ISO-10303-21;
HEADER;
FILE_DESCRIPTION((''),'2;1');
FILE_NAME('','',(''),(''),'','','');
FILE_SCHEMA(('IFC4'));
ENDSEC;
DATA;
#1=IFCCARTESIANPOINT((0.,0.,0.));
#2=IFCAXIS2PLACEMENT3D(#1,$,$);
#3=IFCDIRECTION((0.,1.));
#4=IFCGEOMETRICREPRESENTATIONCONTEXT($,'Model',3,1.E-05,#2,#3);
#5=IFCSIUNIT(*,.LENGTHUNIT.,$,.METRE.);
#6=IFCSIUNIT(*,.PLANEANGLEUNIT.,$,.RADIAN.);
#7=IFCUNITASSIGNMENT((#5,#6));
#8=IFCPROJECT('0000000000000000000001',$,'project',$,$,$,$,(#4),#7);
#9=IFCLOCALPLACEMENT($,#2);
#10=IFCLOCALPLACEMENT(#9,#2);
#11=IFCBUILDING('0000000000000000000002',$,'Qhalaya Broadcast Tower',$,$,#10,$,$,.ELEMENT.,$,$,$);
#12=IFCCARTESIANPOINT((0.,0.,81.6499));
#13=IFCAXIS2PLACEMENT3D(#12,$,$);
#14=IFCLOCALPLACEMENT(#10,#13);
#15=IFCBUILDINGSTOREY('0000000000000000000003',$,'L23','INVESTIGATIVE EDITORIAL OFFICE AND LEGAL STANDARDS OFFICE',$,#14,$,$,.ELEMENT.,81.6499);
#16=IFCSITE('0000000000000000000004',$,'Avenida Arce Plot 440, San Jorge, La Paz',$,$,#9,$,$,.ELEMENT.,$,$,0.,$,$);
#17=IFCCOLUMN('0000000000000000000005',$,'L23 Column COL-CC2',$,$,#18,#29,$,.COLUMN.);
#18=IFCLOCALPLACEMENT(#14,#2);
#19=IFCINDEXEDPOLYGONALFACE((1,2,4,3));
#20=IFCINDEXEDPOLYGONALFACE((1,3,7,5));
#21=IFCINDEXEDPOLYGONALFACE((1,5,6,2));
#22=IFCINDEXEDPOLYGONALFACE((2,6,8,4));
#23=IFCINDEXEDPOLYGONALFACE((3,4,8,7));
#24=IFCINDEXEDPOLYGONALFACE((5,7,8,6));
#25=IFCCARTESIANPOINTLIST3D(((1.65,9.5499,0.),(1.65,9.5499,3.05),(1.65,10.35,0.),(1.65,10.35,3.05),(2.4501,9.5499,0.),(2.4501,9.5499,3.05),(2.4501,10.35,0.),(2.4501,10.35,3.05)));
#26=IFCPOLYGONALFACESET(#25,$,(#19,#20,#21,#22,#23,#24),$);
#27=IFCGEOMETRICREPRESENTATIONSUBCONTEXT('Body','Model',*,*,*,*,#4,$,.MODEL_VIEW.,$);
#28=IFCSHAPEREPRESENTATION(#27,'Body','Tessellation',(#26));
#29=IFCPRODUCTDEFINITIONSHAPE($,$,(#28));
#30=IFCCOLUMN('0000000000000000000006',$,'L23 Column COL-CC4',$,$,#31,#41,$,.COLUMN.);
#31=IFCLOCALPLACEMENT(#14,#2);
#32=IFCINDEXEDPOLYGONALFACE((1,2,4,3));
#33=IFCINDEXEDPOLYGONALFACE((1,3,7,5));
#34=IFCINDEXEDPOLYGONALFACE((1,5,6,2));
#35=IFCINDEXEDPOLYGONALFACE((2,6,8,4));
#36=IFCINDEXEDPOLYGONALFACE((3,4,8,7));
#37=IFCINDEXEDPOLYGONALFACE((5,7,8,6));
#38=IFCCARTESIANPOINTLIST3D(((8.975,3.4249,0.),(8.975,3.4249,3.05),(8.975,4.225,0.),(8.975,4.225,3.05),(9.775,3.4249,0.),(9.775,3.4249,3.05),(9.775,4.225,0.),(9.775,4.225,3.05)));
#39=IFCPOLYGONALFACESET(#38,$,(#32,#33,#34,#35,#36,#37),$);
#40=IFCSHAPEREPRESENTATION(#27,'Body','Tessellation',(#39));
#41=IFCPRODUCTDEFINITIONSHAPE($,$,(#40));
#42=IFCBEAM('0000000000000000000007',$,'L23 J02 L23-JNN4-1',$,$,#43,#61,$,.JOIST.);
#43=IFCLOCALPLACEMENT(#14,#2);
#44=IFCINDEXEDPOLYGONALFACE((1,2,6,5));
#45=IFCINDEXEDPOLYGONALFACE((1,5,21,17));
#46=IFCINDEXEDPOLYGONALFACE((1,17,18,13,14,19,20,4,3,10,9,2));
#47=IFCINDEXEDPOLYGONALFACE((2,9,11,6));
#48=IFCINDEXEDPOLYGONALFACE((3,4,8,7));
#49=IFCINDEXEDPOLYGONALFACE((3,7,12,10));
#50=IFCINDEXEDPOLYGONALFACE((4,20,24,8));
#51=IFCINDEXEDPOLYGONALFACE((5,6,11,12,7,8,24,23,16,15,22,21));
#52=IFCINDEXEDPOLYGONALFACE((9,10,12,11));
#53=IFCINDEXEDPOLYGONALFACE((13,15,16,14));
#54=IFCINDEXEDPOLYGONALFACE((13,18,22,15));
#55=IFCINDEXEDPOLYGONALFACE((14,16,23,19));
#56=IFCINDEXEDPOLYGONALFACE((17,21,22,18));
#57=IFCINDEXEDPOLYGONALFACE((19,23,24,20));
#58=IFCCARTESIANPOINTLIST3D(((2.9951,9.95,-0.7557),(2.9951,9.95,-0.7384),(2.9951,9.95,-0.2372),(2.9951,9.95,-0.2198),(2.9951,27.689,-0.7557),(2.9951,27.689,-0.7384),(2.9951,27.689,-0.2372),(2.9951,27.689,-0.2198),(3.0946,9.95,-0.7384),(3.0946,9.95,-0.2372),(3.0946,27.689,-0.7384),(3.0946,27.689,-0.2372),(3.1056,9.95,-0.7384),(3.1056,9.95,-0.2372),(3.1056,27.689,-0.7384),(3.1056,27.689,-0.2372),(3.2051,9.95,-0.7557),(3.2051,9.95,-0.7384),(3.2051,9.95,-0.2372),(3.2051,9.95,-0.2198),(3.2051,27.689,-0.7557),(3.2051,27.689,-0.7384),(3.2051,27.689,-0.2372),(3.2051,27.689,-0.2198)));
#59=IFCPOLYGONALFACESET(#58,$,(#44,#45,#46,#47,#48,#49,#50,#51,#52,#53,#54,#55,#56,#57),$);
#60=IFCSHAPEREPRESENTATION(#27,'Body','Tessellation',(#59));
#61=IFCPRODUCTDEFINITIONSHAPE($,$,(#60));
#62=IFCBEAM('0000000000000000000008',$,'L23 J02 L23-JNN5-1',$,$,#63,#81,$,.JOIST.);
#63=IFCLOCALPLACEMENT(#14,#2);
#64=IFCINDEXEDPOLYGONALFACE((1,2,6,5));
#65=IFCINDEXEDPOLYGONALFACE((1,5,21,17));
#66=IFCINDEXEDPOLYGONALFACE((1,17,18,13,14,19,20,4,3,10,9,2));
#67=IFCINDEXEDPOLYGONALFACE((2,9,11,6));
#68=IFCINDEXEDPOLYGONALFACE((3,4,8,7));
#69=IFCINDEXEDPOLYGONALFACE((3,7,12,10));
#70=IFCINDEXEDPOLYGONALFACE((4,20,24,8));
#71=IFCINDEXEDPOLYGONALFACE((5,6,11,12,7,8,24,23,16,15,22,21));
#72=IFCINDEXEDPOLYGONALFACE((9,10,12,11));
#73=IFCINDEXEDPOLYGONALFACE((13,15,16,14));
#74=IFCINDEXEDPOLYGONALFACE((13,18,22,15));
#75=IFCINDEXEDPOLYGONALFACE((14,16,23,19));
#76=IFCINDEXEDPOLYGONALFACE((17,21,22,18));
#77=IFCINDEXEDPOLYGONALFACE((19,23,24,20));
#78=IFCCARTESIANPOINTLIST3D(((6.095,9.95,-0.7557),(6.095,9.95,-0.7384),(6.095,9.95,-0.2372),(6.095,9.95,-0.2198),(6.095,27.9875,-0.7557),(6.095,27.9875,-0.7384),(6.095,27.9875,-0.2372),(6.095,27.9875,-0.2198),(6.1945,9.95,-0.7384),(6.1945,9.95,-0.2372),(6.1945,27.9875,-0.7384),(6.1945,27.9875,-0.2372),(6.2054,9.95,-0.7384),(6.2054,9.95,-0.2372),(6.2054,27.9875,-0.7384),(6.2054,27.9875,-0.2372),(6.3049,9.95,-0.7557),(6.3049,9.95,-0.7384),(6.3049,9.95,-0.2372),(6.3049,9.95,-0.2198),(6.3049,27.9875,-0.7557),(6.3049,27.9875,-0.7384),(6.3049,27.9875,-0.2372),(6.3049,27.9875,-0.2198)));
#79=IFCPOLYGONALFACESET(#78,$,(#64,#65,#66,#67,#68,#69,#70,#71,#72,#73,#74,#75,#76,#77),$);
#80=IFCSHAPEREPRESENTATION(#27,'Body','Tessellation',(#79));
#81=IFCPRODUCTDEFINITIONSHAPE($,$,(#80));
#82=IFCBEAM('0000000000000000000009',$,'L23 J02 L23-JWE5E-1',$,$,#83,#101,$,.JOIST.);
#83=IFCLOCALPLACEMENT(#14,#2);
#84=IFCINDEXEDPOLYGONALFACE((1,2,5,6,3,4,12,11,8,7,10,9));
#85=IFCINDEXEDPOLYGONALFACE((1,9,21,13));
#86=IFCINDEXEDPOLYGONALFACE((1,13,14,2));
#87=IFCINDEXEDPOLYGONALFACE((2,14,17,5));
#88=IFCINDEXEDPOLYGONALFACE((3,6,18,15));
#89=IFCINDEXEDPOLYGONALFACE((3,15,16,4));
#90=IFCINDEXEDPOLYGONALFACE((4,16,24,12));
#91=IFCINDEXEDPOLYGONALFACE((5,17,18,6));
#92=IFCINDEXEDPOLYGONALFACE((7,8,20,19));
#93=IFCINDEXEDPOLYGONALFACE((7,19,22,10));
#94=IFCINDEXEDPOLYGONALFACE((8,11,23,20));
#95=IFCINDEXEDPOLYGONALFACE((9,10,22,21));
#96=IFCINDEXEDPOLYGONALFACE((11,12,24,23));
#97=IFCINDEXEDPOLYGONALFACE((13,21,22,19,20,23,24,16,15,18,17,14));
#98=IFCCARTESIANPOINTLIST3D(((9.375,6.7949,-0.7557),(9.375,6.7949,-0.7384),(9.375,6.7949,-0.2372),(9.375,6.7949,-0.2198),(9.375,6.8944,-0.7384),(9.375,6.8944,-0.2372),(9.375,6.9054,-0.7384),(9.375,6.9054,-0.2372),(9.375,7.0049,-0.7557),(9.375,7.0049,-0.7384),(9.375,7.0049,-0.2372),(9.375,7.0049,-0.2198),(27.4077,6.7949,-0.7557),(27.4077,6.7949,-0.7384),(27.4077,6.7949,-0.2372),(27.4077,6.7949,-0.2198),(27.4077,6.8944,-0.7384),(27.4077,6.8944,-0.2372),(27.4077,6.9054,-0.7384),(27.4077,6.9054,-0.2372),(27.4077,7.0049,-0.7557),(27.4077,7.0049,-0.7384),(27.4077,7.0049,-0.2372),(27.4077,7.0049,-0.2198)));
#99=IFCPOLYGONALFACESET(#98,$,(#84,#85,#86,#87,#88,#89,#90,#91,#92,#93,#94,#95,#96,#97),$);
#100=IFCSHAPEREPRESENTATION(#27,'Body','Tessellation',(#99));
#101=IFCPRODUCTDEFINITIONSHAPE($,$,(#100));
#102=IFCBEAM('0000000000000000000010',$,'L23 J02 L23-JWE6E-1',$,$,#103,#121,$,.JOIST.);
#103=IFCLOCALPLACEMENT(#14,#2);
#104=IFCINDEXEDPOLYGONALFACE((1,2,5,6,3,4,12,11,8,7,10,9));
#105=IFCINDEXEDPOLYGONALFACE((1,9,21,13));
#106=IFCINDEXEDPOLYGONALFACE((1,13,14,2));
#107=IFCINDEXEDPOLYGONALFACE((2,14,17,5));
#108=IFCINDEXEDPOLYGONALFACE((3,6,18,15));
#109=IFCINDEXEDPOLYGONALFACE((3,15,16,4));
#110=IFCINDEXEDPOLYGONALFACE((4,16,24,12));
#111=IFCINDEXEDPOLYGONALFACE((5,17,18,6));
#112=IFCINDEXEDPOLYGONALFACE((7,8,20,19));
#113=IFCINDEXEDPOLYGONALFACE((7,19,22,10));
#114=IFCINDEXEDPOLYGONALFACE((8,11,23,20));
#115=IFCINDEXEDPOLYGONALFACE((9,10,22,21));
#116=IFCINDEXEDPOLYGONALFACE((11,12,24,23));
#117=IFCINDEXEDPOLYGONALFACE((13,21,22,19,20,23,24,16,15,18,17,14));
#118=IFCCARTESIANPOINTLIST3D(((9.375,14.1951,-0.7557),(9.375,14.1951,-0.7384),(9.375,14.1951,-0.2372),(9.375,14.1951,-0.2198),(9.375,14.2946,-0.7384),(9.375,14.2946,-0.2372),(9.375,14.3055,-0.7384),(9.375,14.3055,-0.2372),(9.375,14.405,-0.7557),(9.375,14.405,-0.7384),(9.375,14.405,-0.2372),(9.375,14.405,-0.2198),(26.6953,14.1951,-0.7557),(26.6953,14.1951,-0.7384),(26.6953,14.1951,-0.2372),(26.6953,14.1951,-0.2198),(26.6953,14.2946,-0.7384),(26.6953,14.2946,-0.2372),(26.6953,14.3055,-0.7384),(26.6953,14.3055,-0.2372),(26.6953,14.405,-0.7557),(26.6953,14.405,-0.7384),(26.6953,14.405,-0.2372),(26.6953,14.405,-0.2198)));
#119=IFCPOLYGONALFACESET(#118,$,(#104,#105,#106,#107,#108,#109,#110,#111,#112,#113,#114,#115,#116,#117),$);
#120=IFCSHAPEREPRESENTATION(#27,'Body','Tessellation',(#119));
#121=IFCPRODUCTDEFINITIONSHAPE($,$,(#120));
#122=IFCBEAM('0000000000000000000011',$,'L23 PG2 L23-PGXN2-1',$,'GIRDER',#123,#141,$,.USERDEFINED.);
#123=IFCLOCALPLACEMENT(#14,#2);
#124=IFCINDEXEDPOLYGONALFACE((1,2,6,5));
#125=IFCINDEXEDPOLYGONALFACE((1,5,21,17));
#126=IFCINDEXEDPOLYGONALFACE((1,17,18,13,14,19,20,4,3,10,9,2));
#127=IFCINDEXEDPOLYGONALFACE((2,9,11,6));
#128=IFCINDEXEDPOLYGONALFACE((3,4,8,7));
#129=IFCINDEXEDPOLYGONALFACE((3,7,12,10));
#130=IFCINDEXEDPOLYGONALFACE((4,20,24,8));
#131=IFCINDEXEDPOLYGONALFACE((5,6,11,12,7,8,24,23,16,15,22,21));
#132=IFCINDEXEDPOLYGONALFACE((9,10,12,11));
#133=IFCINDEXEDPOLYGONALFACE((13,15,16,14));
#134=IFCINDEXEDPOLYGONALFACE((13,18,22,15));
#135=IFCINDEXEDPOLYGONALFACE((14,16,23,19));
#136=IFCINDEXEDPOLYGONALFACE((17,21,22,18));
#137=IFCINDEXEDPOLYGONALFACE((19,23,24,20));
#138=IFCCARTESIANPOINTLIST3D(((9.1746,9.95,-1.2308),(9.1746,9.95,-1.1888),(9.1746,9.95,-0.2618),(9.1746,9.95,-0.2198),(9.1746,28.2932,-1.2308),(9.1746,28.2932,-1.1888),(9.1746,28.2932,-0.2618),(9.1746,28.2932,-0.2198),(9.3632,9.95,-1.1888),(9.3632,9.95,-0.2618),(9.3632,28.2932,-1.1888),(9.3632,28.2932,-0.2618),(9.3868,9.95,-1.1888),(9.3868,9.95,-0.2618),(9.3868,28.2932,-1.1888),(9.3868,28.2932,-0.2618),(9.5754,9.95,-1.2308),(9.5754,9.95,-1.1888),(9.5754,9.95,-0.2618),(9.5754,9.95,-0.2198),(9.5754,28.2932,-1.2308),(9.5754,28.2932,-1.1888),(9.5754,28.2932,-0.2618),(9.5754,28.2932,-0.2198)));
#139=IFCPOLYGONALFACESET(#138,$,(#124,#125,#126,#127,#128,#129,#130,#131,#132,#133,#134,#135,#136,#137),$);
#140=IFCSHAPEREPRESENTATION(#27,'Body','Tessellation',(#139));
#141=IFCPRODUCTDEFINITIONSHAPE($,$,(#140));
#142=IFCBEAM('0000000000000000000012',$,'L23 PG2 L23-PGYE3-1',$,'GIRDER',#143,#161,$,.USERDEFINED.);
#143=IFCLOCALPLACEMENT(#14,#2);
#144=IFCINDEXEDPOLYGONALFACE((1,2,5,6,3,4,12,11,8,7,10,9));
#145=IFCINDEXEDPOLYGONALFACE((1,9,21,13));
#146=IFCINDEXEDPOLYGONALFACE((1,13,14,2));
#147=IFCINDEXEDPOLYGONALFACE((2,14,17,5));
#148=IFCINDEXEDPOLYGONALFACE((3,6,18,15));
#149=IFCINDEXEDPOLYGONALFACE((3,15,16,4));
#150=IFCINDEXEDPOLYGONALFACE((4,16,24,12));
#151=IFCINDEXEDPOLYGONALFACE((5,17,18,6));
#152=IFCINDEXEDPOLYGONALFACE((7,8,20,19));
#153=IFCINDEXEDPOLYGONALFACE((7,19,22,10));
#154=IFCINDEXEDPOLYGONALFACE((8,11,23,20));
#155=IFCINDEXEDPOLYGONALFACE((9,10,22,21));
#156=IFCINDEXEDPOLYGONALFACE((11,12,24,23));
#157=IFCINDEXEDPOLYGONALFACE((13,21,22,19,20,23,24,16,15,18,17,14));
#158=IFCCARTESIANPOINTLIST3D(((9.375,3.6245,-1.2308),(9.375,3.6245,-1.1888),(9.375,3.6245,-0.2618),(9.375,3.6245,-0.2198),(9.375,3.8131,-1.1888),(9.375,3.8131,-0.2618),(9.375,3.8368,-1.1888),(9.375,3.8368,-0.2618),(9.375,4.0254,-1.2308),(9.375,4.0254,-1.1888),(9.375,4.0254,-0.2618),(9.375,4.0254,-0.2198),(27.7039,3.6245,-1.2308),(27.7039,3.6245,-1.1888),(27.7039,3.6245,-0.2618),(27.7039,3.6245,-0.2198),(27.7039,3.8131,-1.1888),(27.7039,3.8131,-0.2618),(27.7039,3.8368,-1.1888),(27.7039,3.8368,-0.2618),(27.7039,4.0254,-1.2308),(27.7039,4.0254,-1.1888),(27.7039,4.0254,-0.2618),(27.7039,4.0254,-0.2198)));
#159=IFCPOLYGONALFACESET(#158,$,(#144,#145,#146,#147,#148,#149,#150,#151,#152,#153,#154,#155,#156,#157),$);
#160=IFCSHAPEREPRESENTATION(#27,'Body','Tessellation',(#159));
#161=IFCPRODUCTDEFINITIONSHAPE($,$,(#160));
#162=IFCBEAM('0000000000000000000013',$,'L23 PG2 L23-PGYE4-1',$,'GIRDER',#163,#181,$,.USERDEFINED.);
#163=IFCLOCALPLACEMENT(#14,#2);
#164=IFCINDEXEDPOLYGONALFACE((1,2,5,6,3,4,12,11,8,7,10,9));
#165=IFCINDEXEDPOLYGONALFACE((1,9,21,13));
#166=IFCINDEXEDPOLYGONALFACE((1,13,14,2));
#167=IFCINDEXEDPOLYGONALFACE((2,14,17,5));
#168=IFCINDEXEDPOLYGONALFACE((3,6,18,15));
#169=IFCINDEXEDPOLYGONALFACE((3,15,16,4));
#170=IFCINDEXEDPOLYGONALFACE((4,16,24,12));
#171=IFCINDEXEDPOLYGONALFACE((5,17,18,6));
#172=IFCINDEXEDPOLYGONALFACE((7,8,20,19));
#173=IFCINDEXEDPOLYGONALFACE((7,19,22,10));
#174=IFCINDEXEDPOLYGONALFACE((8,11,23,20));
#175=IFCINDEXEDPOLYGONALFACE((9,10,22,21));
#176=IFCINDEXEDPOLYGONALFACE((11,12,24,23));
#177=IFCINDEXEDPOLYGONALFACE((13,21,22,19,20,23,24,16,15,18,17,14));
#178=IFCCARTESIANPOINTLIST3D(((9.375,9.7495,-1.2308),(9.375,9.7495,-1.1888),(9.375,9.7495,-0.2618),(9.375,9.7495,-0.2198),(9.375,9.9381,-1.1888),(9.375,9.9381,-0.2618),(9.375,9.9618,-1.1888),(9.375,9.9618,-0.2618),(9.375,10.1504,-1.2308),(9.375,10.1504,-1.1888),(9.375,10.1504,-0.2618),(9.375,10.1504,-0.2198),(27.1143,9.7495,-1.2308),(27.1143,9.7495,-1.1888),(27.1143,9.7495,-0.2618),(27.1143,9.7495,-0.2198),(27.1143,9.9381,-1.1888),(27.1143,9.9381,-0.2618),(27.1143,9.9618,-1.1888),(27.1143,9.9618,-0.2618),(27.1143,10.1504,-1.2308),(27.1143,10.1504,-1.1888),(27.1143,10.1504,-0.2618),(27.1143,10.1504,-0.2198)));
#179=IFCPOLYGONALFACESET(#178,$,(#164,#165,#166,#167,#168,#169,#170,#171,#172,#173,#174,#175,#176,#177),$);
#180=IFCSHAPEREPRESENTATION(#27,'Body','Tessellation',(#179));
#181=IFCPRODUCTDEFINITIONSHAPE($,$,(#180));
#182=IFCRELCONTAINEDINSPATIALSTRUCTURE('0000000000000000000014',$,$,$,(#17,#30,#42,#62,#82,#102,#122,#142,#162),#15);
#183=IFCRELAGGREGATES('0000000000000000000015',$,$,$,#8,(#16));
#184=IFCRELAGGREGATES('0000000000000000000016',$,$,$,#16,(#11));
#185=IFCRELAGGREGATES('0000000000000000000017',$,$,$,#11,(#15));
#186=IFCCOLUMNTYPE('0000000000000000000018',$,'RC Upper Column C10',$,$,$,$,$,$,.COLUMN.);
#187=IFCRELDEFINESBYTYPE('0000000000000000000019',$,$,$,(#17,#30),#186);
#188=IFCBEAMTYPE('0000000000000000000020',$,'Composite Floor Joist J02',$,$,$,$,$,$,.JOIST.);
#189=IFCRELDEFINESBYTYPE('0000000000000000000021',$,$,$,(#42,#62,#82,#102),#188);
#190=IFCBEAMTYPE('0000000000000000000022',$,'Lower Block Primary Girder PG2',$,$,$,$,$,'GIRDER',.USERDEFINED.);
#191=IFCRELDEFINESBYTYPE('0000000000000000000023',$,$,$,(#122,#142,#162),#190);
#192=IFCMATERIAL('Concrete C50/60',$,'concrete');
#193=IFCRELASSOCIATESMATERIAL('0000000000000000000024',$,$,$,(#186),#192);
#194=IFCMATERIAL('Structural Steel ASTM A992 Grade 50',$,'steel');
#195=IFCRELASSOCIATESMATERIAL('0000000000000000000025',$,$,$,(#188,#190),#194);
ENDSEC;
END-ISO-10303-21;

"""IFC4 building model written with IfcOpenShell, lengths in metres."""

from ifc_helpers import new_model, si_unit, direction, frame, origin, origin_2d, place, context, subcontext, project, spatial, rectangle, i_section, extrude, material, material_profile, profile_set, type_object, element, save


model = new_model("IFC4")

# Units and contexts
model_context = context("Model", 3, precision=1e-05, world=origin(), true_north=direction((0.0, 1.0)))
body_context = subcontext(model_context, "Body", "Model", "MODEL_VIEW")
ifc_project = project(units=[si_unit("LENGTHUNIT", "METRE"), si_unit("PLANEANGLEUNIT", "RADIAN")], contexts=[model_context])

# Site, building, storey
site_placement = place(None, origin())
site = spatial("IfcSite", under=ifc_project, at=site_placement, Name="Avenida Arce Plot 440, San Jorge, La Paz", CompositionType="ELEMENT", RefElevation=0.0)
building_placement = place(site_placement, origin())
building = spatial("IfcBuilding", under=site, at=building_placement, Name="Qhalaya Broadcast Tower", CompositionType="ELEMENT")
storey_placement = place(building_placement, frame((0.0, 0.0, 81.6499)))
storey = spatial("IfcBuildingStorey", under=building, at=storey_placement, Name="L23", Description="INVESTIGATIVE EDITORIAL OFFICE AND LEGAL STANDARDS OFFICE", CompositionType="ELEMENT", Elevation=81.6499)

# Columns
ifc_material_1 = material(Name="Concrete C50/60", Category="concrete")
ifc_material_profile_1 = material_profile(ifc_material_1, rectangle(XDim=0.8, YDim=0.8, at=origin_2d()), Name="RC-COL 800x800")
ifc_profile_set_1 = profile_set([ifc_material_profile_1], Name="Concrete C50/60")
column_type = type_object("IfcColumnType", Name="RC Upper Column C10", PredefinedType="COLUMN", material=ifc_profile_set_1)
for number, where, z_axis, x_axis, name in (
    (1, (2.05, 9.95, 0.0), (0.0, 0.0, 1.0), (1.0, 0.0, 0.0), "L23 Column COL-CC2"),
    (2, (9.375, 3.825, 0.0), (0.0, 0.0, 1.0), (1.0, 0.0, 0.0), "L23 Column COL-CC4"),
):
    element("IfcColumn", number, at=place(storey_placement, frame(where, z_axis=z_axis, x_axis=x_axis)), inside=storey, type_object=column_type, Name=name, PredefinedType="COLUMN", context=body_context, shape_type="SweptSolid", body=[
        extrude(rectangle(XDim=0.8, YDim=0.8, at=origin_2d()), origin(), (0.0, 0.0, 1.0), 3.05),
    ])

# Beams
ifc_material_2 = material(Name="Structural Steel ASTM A992 Grade 50", Category="steel")
ifc_material_profile_2 = material_profile(ifc_material_2, i_section(OverallWidth=0.21, OverallDepth=0.5359, WebThickness=0.011, FlangeThickness=0.0173, at=origin_2d()), Name="W21X68")
ifc_profile_set_2 = profile_set([ifc_material_profile_2], Name="Structural Steel ASTM A992 Grade 50")
beam_type_1 = type_object("IfcBeamType", Name="Composite Floor Joist J02", PredefinedType="JOIST", material=ifc_profile_set_2)
beam_1_placement = place(storey_placement, frame((3.1001, 9.95, -0.4878), z_axis=(0.0, 1.0, 0.0), x_axis=(-1.0, 0.0, 0.0)))
element("IfcBeam", 3, at=beam_1_placement, inside=storey, type_object=beam_type_1, Name="L23 J02 L23-JNN4-1", PredefinedType="JOIST", context=body_context, shape_type="SweptSolid", body=[
    extrude(i_section(OverallWidth=0.21, OverallDepth=0.5359, WebThickness=0.011, FlangeThickness=0.0173, at=origin_2d()), origin(), (0.0, 0.0, 1.0), 17.739),
])
beam_2_placement = place(storey_placement, frame((6.2, 9.95, -0.4878), z_axis=(0.0, 1.0, 0.0), x_axis=(-1.0, 0.0, 0.0)))
element("IfcBeam", 4, at=beam_2_placement, inside=storey, type_object=beam_type_1, Name="L23 J02 L23-JNN5-1", PredefinedType="JOIST", context=body_context, shape_type="SweptSolid", body=[
    extrude(i_section(OverallWidth=0.21, OverallDepth=0.5359, WebThickness=0.011, FlangeThickness=0.0173, at=origin_2d()), origin(), (0.0, 0.0, 1.0), 18.0376),
])
beam_3_placement = place(storey_placement, frame((9.375, 6.8999, -0.4878), z_axis=(1.0, 0.0, 0.0), x_axis=(0.0, 1.0, 0.0)))
element("IfcBeam", 5, at=beam_3_placement, inside=storey, type_object=beam_type_1, Name="L23 J02 L23-JWE5E-1", PredefinedType="JOIST", context=body_context, shape_type="SweptSolid", body=[
    extrude(i_section(OverallWidth=0.21, OverallDepth=0.5359, WebThickness=0.011, FlangeThickness=0.0173, at=origin_2d()), origin(), (0.0, 0.0, 1.0), 18.0327),
])
beam_4_placement = place(storey_placement, frame((9.375, 14.3, -0.4878), z_axis=(1.0, 0.0, 0.0), x_axis=(0.0, 1.0, 0.0)))
element("IfcBeam", 6, at=beam_4_placement, inside=storey, type_object=beam_type_1, Name="L23 J02 L23-JWE6E-1", PredefinedType="JOIST", context=body_context, shape_type="SweptSolid", body=[
    extrude(i_section(OverallWidth=0.21, OverallDepth=0.5359, WebThickness=0.011, FlangeThickness=0.0173, at=origin_2d()), origin(), (0.0, 0.0, 1.0), 17.3203),
])
ifc_material_profile_3 = material_profile(ifc_material_2, i_section(OverallWidth=0.4009, OverallDepth=1.011, WebThickness=0.0237, FlangeThickness=0.042, at=origin_2d()), Name="W40X297")
ifc_profile_set_3 = profile_set([ifc_material_profile_3], Name="Structural Steel ASTM A992 Grade 50")
beam_type_2 = type_object("IfcBeamType", Name="Lower Block Primary Girder PG2", ElementType="GIRDER", PredefinedType="USERDEFINED", material=ifc_profile_set_3)
beam_5_placement = place(storey_placement, frame((9.375, 9.95, -0.7253), z_axis=(0.0, 1.0, 0.0), x_axis=(-1.0, 0.0, 0.0)))
element("IfcBeam", 7, at=beam_5_placement, inside=storey, type_object=beam_type_2, Name="L23 PG2 L23-PGXN2-1", ObjectType="GIRDER", PredefinedType="USERDEFINED", context=body_context, shape_type="SweptSolid", body=[
    extrude(i_section(OverallWidth=0.4009, OverallDepth=1.011, WebThickness=0.0237, FlangeThickness=0.042, at=origin_2d()), origin(), (0.0, 0.0, 1.0), 18.3433),
])
beam_6_placement = place(storey_placement, frame((9.375, 3.825, -0.7253), z_axis=(1.0, 0.0, 0.0), x_axis=(0.0, 1.0, 0.0)))
element("IfcBeam", 8, at=beam_6_placement, inside=storey, type_object=beam_type_2, Name="L23 PG2 L23-PGYE3-1", ObjectType="GIRDER", PredefinedType="USERDEFINED", context=body_context, shape_type="SweptSolid", body=[
    extrude(i_section(OverallWidth=0.4009, OverallDepth=1.011, WebThickness=0.0237, FlangeThickness=0.042, at=origin_2d()), origin(), (0.0, 0.0, 1.0), 18.3289),
])
beam_7_placement = place(storey_placement, frame((9.375, 9.95, -0.7253), z_axis=(1.0, 0.0, 0.0), x_axis=(0.0, 1.0, 0.0)))
element("IfcBeam", 9, at=beam_7_placement, inside=storey, type_object=beam_type_2, Name="L23 PG2 L23-PGYE4-1", ObjectType="GIRDER", PredefinedType="USERDEFINED", context=body_context, shape_type="SweptSolid", body=[
    extrude(i_section(OverallWidth=0.4009, OverallDepth=1.011, WebThickness=0.0237, FlangeThickness=0.042, at=origin_2d()), origin(), (0.0, 0.0, 1.0), 17.7393),
])

save(model, "model.ifc")
